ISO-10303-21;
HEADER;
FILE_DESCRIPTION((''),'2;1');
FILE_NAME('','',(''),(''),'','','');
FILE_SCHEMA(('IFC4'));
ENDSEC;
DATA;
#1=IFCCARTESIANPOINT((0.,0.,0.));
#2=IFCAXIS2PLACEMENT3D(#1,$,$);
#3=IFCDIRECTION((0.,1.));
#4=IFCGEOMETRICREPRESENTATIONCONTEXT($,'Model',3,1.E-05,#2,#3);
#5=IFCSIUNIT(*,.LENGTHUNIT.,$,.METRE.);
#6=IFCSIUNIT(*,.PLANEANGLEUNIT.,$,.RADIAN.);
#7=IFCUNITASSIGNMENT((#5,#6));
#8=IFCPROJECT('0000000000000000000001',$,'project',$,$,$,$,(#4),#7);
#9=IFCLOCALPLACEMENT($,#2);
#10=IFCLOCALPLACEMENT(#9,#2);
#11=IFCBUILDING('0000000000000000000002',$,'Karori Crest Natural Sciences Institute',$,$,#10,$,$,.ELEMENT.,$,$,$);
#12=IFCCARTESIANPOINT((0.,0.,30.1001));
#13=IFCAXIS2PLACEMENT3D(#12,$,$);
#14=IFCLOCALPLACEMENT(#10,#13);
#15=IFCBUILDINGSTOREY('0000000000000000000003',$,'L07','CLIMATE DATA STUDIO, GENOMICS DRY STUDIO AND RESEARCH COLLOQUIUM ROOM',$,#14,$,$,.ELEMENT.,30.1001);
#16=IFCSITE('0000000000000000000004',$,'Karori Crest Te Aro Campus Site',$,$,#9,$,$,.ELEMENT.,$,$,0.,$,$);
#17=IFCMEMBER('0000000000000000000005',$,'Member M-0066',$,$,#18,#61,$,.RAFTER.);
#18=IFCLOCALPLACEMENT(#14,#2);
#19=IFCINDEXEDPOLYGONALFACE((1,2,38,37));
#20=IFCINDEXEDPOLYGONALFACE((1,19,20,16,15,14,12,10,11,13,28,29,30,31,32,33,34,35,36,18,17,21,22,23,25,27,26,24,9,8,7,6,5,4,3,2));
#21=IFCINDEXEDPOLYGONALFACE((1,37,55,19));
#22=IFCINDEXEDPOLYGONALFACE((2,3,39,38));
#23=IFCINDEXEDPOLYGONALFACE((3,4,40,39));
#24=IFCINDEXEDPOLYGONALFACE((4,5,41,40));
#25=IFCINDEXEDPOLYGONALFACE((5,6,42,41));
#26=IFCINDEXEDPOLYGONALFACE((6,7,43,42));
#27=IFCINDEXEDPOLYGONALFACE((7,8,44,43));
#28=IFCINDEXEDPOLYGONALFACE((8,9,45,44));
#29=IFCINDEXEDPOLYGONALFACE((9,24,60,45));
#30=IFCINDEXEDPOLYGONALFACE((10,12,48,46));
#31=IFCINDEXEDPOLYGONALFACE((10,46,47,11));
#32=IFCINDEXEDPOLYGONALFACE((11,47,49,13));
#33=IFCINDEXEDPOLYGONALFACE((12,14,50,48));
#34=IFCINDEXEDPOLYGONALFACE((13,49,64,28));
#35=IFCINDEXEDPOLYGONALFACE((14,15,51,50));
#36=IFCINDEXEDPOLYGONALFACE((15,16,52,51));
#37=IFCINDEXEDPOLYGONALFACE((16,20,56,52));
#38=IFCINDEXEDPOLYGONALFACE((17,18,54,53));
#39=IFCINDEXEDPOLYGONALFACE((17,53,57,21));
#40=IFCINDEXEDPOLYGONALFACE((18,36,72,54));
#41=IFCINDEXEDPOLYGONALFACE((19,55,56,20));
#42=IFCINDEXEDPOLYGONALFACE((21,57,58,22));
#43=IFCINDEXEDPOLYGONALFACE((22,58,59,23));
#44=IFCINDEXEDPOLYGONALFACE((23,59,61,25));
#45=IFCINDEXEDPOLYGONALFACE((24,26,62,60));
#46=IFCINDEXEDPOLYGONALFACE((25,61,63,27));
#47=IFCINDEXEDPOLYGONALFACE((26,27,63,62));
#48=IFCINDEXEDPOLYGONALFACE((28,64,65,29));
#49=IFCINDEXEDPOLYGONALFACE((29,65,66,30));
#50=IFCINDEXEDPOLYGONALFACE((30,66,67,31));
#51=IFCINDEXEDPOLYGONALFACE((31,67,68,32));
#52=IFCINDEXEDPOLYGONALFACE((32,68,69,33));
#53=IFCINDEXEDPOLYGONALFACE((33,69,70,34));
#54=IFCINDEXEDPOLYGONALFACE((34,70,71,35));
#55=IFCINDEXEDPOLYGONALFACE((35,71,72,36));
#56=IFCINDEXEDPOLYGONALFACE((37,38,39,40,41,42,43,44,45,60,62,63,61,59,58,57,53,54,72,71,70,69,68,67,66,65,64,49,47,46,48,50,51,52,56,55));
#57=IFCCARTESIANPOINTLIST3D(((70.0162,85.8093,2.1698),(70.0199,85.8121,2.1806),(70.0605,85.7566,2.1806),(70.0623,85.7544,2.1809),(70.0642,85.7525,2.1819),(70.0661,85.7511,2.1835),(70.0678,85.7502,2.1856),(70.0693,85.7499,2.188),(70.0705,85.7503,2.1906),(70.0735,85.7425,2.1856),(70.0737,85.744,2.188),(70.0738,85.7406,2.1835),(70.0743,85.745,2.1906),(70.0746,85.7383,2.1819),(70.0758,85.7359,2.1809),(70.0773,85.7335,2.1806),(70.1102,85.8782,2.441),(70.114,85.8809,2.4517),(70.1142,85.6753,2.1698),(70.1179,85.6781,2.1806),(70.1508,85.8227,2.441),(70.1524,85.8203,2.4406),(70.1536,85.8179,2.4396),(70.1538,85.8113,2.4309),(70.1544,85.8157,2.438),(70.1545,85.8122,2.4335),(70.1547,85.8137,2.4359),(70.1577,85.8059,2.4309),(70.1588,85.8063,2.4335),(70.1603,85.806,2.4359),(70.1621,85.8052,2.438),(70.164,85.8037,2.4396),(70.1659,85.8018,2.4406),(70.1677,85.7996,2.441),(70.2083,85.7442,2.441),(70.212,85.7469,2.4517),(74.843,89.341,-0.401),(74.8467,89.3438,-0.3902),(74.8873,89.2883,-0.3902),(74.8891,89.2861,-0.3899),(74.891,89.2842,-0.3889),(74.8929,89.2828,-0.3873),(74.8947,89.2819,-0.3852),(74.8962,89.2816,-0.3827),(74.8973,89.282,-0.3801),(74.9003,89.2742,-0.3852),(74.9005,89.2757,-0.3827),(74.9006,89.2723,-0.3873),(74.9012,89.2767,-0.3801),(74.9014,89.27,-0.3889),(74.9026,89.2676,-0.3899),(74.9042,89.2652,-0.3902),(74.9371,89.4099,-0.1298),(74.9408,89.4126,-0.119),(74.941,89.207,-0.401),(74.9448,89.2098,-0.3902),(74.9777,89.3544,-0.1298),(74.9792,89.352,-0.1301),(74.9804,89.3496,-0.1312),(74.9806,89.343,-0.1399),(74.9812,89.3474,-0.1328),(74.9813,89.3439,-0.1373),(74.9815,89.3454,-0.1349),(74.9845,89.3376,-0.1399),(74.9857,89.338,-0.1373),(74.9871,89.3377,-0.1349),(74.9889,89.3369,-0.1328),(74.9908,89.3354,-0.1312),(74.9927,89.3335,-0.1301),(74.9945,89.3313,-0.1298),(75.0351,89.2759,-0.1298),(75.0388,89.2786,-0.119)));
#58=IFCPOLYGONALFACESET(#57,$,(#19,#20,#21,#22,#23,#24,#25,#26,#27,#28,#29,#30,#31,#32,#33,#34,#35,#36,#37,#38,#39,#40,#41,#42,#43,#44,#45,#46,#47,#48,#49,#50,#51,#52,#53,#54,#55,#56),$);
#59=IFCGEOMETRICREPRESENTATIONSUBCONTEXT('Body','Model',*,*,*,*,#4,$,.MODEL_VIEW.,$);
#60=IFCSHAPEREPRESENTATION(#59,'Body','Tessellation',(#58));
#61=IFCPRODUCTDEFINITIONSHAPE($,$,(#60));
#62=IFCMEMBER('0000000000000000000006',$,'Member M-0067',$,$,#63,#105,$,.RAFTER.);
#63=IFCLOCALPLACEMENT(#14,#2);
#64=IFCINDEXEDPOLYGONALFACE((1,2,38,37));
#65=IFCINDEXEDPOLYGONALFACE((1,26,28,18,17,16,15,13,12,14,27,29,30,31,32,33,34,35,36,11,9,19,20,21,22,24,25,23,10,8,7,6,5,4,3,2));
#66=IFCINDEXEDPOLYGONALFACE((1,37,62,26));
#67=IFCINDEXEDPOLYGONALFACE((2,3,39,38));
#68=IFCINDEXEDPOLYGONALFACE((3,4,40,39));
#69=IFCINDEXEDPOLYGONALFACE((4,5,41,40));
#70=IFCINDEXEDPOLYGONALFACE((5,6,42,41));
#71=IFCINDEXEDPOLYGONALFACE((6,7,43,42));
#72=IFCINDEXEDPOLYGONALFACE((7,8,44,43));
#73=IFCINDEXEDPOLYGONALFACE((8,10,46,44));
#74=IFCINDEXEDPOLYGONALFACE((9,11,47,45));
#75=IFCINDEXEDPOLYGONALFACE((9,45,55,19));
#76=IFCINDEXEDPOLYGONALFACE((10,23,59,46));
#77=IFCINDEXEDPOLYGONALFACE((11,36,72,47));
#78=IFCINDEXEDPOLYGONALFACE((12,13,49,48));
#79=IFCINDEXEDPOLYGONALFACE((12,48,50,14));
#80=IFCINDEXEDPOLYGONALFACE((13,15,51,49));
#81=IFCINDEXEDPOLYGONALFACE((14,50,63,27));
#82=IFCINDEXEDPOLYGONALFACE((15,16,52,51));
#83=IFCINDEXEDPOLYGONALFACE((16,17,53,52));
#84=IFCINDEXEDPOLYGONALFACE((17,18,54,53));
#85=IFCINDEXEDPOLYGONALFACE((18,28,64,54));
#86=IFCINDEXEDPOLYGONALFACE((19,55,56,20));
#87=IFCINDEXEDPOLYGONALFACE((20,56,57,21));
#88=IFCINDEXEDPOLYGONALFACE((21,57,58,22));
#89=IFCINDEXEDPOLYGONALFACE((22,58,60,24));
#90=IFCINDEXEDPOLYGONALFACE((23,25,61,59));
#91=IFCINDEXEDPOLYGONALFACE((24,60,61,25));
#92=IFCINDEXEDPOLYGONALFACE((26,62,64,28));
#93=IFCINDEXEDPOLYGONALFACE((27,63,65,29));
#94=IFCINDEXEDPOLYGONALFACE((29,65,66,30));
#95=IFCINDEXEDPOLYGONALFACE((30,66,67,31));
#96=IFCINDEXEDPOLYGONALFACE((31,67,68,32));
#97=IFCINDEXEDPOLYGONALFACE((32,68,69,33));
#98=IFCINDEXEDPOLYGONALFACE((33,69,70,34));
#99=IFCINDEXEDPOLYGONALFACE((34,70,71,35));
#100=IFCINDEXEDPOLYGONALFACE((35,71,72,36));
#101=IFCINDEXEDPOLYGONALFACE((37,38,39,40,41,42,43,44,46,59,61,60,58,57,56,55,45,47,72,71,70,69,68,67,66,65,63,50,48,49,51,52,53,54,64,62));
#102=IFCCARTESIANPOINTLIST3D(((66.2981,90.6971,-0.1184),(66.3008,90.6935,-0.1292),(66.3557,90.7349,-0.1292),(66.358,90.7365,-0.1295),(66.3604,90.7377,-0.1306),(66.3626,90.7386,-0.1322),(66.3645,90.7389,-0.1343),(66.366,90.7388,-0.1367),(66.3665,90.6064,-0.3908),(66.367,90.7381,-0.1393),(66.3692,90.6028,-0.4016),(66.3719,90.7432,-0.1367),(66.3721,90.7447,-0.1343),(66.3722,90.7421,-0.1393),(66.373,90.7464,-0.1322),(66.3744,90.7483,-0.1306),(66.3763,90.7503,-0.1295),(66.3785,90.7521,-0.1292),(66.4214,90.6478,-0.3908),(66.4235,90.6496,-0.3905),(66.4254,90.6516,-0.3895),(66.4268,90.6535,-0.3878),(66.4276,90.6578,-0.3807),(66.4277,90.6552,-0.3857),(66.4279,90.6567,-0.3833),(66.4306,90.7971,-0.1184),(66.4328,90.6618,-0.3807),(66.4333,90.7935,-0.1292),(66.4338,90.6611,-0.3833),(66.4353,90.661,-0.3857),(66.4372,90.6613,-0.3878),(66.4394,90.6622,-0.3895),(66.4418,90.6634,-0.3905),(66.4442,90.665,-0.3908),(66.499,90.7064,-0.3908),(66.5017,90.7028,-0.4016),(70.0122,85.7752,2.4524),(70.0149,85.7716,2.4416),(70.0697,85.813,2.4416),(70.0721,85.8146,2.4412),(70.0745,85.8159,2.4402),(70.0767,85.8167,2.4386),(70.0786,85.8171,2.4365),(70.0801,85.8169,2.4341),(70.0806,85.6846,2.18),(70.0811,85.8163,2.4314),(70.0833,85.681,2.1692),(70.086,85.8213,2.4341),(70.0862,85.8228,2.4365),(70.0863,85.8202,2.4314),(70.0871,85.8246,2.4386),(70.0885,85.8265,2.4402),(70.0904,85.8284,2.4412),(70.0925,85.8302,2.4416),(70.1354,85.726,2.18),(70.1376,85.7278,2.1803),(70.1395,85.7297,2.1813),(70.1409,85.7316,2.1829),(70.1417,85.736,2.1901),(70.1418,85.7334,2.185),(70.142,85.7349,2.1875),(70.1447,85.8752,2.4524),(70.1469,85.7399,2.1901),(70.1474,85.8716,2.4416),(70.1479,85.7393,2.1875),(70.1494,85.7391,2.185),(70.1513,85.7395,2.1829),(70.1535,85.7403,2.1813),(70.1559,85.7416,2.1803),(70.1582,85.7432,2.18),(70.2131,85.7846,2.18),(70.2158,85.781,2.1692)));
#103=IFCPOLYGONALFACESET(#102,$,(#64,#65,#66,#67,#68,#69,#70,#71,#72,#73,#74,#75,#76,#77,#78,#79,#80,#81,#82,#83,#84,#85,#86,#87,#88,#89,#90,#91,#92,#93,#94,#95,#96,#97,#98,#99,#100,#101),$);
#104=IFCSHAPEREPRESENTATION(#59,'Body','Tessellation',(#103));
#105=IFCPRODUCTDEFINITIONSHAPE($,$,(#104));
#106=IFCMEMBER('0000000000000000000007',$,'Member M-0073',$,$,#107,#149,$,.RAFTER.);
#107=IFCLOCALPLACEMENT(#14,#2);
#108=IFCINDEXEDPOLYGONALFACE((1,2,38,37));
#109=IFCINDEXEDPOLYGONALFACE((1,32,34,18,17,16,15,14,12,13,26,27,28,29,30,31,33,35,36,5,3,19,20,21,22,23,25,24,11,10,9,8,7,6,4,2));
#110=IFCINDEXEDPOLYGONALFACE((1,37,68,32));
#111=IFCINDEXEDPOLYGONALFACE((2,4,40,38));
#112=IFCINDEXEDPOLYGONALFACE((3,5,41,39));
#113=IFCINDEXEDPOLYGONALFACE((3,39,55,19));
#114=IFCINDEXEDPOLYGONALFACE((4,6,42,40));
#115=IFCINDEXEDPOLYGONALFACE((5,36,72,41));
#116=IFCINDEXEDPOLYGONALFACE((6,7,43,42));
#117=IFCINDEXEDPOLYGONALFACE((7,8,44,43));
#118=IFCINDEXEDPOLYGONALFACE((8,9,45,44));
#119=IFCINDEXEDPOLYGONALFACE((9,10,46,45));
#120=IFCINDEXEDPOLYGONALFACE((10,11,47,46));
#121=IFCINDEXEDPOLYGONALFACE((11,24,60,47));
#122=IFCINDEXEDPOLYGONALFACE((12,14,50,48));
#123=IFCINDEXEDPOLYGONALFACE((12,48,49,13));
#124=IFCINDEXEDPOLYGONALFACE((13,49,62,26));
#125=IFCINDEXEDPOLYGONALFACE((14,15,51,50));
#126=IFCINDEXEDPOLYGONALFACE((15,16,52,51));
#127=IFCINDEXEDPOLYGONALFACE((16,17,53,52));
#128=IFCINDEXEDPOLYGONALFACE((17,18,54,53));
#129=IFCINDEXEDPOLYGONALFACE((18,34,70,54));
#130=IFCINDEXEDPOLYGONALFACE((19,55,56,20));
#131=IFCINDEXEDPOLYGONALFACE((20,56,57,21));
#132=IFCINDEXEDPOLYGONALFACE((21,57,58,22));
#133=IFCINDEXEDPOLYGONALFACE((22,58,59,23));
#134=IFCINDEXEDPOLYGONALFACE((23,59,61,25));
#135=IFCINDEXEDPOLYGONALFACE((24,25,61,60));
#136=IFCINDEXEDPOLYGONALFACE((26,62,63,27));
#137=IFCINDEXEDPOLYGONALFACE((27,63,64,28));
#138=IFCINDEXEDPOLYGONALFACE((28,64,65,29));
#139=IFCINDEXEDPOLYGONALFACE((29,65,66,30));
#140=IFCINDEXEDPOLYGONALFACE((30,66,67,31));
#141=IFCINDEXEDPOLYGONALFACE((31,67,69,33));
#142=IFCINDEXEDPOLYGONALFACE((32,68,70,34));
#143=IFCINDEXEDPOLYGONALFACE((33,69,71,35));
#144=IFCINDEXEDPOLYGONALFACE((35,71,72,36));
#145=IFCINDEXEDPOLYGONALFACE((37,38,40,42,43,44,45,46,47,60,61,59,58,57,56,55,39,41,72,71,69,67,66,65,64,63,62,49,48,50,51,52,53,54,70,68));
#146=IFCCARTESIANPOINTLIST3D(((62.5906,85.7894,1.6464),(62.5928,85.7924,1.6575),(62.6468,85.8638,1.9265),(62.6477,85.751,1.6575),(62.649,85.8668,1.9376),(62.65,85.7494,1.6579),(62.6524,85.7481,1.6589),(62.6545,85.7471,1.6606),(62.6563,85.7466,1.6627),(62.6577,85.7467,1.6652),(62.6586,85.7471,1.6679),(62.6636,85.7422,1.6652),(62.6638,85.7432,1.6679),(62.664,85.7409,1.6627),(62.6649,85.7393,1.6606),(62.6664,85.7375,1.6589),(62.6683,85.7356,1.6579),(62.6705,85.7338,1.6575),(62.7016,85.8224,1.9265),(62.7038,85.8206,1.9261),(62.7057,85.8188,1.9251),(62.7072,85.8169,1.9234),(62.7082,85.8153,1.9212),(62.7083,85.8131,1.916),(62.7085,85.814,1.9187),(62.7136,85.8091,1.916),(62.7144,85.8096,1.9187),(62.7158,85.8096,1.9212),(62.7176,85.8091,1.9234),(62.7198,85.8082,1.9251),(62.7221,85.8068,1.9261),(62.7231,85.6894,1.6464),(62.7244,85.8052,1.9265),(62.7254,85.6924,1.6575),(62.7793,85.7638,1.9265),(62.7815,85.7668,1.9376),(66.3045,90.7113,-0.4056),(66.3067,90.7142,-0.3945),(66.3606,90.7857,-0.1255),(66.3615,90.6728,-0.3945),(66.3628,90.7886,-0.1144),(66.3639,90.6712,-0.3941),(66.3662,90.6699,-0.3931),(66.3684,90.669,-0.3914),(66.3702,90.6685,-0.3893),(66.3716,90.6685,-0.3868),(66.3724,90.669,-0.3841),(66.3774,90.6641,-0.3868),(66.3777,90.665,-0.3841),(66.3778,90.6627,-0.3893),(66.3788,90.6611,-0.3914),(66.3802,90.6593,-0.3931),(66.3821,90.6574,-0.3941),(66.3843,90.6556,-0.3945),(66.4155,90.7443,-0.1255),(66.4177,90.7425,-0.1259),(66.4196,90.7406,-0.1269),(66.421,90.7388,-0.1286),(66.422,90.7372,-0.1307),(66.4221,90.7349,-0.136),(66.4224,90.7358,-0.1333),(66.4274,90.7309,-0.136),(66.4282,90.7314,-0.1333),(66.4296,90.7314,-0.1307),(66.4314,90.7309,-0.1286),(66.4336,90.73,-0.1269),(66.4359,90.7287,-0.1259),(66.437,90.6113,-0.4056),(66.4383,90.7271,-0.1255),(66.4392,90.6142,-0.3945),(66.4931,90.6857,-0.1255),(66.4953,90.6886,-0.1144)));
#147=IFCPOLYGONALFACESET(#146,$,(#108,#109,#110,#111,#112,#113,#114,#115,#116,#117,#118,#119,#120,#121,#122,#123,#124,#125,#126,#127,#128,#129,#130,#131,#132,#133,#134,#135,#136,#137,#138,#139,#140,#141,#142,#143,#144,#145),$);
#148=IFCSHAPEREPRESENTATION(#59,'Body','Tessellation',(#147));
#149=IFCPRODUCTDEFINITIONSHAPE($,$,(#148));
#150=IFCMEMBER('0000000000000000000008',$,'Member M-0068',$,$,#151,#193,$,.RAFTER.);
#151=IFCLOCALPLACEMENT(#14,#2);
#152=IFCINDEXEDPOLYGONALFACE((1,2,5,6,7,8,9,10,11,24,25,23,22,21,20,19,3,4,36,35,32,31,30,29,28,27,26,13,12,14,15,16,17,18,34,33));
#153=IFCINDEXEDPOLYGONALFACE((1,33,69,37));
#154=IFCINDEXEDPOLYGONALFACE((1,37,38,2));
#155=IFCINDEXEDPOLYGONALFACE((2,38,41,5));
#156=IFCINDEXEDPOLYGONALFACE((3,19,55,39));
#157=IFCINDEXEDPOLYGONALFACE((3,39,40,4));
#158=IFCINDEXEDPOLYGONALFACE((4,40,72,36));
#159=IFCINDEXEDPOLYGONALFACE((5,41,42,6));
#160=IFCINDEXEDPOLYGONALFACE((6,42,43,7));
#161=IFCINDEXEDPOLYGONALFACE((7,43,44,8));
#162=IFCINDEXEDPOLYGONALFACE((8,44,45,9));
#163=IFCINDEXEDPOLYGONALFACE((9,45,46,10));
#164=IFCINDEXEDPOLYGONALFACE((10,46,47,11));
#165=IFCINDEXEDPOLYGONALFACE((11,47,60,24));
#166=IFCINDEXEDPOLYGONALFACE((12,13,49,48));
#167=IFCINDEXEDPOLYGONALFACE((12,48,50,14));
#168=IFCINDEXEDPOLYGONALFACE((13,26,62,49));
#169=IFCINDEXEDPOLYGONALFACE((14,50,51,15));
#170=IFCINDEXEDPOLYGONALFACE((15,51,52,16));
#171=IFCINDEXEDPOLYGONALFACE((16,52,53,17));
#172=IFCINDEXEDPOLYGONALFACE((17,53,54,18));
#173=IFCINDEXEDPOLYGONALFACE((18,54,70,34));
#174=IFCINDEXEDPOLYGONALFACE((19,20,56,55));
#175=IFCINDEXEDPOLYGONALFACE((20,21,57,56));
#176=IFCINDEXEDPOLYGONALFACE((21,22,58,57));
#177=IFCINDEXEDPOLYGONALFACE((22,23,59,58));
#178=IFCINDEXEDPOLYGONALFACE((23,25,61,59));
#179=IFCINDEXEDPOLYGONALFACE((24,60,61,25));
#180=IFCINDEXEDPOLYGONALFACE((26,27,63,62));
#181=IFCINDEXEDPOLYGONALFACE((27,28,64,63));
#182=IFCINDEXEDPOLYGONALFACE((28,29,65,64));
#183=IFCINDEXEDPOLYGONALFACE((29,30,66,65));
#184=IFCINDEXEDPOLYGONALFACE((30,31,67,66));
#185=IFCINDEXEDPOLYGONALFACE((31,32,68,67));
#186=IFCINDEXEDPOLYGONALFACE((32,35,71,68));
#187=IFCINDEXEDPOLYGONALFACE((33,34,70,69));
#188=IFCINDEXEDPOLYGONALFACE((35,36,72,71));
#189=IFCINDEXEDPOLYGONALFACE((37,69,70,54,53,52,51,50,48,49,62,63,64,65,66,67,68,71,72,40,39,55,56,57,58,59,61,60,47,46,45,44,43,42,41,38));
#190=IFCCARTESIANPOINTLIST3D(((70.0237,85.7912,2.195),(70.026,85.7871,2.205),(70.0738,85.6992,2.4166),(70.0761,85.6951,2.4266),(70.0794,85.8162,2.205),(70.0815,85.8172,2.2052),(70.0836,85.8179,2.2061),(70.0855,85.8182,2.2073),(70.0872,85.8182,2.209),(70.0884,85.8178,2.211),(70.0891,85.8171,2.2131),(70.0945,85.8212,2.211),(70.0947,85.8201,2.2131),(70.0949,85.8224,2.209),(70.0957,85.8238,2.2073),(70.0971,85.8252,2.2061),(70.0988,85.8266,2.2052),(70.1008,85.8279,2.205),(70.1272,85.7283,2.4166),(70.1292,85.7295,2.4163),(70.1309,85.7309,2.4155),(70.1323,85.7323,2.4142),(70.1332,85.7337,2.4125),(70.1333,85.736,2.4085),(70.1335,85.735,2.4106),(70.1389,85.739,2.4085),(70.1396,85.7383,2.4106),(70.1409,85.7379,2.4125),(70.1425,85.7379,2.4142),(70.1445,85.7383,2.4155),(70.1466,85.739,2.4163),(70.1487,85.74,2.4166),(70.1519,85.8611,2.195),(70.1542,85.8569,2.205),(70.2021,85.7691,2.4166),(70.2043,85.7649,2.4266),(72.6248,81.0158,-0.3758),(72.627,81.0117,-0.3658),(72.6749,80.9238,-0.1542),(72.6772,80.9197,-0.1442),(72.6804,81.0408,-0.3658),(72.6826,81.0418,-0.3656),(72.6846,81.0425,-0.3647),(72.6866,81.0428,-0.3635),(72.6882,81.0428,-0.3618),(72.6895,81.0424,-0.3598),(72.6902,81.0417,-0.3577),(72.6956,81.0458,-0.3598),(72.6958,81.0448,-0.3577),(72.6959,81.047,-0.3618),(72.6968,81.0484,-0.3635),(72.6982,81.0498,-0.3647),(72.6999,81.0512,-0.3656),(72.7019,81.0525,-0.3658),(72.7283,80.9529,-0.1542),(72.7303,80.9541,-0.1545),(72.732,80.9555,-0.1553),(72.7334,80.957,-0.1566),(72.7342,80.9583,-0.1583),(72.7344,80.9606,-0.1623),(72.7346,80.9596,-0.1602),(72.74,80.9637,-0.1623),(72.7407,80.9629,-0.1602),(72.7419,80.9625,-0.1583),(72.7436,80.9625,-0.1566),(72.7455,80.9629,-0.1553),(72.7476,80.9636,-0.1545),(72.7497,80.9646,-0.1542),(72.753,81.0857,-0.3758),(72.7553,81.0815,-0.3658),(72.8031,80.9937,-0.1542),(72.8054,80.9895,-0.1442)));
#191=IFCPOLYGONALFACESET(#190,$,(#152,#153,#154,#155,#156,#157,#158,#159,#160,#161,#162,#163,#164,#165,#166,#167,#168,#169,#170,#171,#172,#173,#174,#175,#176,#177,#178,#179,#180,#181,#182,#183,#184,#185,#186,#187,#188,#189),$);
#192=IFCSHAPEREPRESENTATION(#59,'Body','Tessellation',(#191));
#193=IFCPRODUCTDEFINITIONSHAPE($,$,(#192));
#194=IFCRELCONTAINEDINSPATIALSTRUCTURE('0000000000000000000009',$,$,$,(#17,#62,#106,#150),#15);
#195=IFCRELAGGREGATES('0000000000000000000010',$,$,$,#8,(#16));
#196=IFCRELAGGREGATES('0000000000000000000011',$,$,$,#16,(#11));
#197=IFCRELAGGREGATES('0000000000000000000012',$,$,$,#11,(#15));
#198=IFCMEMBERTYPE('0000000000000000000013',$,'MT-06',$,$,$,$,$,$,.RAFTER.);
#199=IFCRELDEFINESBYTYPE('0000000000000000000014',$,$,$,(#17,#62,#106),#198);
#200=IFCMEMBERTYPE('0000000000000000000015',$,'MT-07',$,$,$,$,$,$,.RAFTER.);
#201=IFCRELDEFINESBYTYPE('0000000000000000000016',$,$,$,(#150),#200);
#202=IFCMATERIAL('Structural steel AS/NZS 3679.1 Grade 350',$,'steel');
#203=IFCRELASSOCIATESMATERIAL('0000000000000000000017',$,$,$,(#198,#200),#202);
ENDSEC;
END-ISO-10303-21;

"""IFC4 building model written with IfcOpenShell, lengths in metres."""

from ifc_helpers import new_model, si_unit, direction, frame, origin, origin_2d, place, context, subcontext, project, spatial, i_section, extrude, material, material_profile, profile_set, type_object, element, save


model = new_model("IFC4")

# Units and contexts
model_context = context("Model", 3, precision=1e-05, world=origin(), true_north=direction((0.0, 1.0)))
body_context = subcontext(model_context, "Body", "Model", "MODEL_VIEW")
ifc_project = project(units=[si_unit("LENGTHUNIT", "METRE"), si_unit("PLANEANGLEUNIT", "RADIAN")], contexts=[model_context])

# Site, building, storey
site_placement = place(None, origin())
site = spatial("IfcSite", under=ifc_project, at=site_placement, Name="Karori Crest Te Aro Campus Site", CompositionType="ELEMENT", RefElevation=0.0)
building_placement = place(site_placement, origin())
building = spatial("IfcBuilding", under=site, at=building_placement, Name="Karori Crest Natural Sciences Institute", CompositionType="ELEMENT")
storey_placement = place(building_placement, frame((0.0, 0.0, 30.1001)))
storey = spatial("IfcBuildingStorey", under=building, at=storey_placement, Name="L07", Description="CLIMATE DATA STUDIO, GENOMICS DRY STUDIO AND RESEARCH COLLOQUIUM ROOM", CompositionType="ELEMENT", Elevation=30.1001)

# Shared definitions
ifc_material_1 = material(Name="Structural steel AS/NZS 3679.1 Grade 350", Category="steel")

# Members
ifc_material_profile_1 = material_profile(ifc_material_1, i_section(OverallWidth=0.166, OverallDepth=0.3069, WebThickness=0.0066, FlangeThickness=0.0117, FilletRadius=0.011, at=origin_2d()), Name="310UB46.2")
ifc_profile_set_1 = profile_set([ifc_material_profile_1], Name="Structural steel AS/NZS 3679.1 Grade 350")
member_type_1 = type_object("IfcMemberType", Name="MT-06", PredefinedType="RAFTER", material=ifc_profile_set_1)
member_1_placement = place(storey_placement, frame((74.9409, 89.3098, -0.26), z_axis=(-0.74145, -0.542503, 0.394895), x_axis=(0.590494, -0.807042, 0.0)))
element("IfcMember", 1, at=member_1_placement, inside=storey, type_object=member_type_1, Name="Member M-0066", PredefinedType="RAFTER", context=body_context, shape_type="SweptSolid", body=[
    extrude(i_section(OverallWidth=0.166, OverallDepth=0.3069, WebThickness=0.0066, FlangeThickness=0.0117, FilletRadius=0.011, at=origin_2d()), origin(), (0.0, 0.0, 1.0), 6.51),
])
member_2_placement = place(storey_placement, frame((66.3999, 90.7, -0.26), z_axis=(0.555967, -0.736757, 0.384824), x_axis=(0.798229, 0.602354, 0.0)))
element("IfcMember", 2, at=member_2_placement, inside=storey, type_object=member_type_1, Name="Member M-0067", PredefinedType="RAFTER", context=body_context, shape_type="SweptSolid", body=[
    extrude(i_section(OverallWidth=0.166, OverallDepth=0.3069, WebThickness=0.0066, FlangeThickness=0.0117, FilletRadius=0.011, at=origin_2d()), origin(), (0.0, 0.0, 1.0), 6.6804),
])
member_3_placement = place(storey_placement, frame((66.3999, 90.7, -0.26), z_axis=(-0.57151, -0.757405, 0.315773), x_axis=(0.798248, -0.602329, 0.0)))
element("IfcMember", 3, at=member_3_placement, inside=storey, type_object=member_type_1, Name="Member M-0073", PredefinedType="RAFTER", context=body_context, shape_type="SweptSolid", body=[
    extrude(i_section(OverallWidth=0.166, OverallDepth=0.3069, WebThickness=0.0066, FlangeThickness=0.0117, FilletRadius=0.011, at=origin_2d()), origin(), (0.0, 0.0, 1.0), 6.4983),
])
ifc_material_profile_2 = material_profile(ifc_material_1, i_section(OverallWidth=0.146, OverallDepth=0.2561, WebThickness=0.0063, FlangeThickness=0.011, FilletRadius=0.009, at=origin_2d()), Name="250UB37.3")
ifc_profile_set_2 = profile_set([ifc_material_profile_2], Name="Structural steel AS/NZS 3679.1 Grade 350")
member_type_2 = type_object("IfcMemberType", Name="MT-07", PredefinedType="RAFTER", material=ifc_profile_set_2)
member_4_placement = place(storey_placement, frame((72.7151, 81.0027, -0.26), z_axis=(-0.432439, 0.793928, 0.427406), x_axis=(-0.87818, -0.47833, 0.0)))
element("IfcMember", 4, at=member_4_placement, inside=storey, type_object=member_type_2, Name="Member M-0068", PredefinedType="RAFTER", context=body_context, shape_type="SweptSolid", body=[
    extrude(i_section(OverallWidth=0.146, OverallDepth=0.2561, WebThickness=0.0063, FlangeThickness=0.011, FilletRadius=0.009, at=origin_2d()), origin(), (0.0, 0.0, 1.0), 6.0149),
])

save(model, "model.ifc")
